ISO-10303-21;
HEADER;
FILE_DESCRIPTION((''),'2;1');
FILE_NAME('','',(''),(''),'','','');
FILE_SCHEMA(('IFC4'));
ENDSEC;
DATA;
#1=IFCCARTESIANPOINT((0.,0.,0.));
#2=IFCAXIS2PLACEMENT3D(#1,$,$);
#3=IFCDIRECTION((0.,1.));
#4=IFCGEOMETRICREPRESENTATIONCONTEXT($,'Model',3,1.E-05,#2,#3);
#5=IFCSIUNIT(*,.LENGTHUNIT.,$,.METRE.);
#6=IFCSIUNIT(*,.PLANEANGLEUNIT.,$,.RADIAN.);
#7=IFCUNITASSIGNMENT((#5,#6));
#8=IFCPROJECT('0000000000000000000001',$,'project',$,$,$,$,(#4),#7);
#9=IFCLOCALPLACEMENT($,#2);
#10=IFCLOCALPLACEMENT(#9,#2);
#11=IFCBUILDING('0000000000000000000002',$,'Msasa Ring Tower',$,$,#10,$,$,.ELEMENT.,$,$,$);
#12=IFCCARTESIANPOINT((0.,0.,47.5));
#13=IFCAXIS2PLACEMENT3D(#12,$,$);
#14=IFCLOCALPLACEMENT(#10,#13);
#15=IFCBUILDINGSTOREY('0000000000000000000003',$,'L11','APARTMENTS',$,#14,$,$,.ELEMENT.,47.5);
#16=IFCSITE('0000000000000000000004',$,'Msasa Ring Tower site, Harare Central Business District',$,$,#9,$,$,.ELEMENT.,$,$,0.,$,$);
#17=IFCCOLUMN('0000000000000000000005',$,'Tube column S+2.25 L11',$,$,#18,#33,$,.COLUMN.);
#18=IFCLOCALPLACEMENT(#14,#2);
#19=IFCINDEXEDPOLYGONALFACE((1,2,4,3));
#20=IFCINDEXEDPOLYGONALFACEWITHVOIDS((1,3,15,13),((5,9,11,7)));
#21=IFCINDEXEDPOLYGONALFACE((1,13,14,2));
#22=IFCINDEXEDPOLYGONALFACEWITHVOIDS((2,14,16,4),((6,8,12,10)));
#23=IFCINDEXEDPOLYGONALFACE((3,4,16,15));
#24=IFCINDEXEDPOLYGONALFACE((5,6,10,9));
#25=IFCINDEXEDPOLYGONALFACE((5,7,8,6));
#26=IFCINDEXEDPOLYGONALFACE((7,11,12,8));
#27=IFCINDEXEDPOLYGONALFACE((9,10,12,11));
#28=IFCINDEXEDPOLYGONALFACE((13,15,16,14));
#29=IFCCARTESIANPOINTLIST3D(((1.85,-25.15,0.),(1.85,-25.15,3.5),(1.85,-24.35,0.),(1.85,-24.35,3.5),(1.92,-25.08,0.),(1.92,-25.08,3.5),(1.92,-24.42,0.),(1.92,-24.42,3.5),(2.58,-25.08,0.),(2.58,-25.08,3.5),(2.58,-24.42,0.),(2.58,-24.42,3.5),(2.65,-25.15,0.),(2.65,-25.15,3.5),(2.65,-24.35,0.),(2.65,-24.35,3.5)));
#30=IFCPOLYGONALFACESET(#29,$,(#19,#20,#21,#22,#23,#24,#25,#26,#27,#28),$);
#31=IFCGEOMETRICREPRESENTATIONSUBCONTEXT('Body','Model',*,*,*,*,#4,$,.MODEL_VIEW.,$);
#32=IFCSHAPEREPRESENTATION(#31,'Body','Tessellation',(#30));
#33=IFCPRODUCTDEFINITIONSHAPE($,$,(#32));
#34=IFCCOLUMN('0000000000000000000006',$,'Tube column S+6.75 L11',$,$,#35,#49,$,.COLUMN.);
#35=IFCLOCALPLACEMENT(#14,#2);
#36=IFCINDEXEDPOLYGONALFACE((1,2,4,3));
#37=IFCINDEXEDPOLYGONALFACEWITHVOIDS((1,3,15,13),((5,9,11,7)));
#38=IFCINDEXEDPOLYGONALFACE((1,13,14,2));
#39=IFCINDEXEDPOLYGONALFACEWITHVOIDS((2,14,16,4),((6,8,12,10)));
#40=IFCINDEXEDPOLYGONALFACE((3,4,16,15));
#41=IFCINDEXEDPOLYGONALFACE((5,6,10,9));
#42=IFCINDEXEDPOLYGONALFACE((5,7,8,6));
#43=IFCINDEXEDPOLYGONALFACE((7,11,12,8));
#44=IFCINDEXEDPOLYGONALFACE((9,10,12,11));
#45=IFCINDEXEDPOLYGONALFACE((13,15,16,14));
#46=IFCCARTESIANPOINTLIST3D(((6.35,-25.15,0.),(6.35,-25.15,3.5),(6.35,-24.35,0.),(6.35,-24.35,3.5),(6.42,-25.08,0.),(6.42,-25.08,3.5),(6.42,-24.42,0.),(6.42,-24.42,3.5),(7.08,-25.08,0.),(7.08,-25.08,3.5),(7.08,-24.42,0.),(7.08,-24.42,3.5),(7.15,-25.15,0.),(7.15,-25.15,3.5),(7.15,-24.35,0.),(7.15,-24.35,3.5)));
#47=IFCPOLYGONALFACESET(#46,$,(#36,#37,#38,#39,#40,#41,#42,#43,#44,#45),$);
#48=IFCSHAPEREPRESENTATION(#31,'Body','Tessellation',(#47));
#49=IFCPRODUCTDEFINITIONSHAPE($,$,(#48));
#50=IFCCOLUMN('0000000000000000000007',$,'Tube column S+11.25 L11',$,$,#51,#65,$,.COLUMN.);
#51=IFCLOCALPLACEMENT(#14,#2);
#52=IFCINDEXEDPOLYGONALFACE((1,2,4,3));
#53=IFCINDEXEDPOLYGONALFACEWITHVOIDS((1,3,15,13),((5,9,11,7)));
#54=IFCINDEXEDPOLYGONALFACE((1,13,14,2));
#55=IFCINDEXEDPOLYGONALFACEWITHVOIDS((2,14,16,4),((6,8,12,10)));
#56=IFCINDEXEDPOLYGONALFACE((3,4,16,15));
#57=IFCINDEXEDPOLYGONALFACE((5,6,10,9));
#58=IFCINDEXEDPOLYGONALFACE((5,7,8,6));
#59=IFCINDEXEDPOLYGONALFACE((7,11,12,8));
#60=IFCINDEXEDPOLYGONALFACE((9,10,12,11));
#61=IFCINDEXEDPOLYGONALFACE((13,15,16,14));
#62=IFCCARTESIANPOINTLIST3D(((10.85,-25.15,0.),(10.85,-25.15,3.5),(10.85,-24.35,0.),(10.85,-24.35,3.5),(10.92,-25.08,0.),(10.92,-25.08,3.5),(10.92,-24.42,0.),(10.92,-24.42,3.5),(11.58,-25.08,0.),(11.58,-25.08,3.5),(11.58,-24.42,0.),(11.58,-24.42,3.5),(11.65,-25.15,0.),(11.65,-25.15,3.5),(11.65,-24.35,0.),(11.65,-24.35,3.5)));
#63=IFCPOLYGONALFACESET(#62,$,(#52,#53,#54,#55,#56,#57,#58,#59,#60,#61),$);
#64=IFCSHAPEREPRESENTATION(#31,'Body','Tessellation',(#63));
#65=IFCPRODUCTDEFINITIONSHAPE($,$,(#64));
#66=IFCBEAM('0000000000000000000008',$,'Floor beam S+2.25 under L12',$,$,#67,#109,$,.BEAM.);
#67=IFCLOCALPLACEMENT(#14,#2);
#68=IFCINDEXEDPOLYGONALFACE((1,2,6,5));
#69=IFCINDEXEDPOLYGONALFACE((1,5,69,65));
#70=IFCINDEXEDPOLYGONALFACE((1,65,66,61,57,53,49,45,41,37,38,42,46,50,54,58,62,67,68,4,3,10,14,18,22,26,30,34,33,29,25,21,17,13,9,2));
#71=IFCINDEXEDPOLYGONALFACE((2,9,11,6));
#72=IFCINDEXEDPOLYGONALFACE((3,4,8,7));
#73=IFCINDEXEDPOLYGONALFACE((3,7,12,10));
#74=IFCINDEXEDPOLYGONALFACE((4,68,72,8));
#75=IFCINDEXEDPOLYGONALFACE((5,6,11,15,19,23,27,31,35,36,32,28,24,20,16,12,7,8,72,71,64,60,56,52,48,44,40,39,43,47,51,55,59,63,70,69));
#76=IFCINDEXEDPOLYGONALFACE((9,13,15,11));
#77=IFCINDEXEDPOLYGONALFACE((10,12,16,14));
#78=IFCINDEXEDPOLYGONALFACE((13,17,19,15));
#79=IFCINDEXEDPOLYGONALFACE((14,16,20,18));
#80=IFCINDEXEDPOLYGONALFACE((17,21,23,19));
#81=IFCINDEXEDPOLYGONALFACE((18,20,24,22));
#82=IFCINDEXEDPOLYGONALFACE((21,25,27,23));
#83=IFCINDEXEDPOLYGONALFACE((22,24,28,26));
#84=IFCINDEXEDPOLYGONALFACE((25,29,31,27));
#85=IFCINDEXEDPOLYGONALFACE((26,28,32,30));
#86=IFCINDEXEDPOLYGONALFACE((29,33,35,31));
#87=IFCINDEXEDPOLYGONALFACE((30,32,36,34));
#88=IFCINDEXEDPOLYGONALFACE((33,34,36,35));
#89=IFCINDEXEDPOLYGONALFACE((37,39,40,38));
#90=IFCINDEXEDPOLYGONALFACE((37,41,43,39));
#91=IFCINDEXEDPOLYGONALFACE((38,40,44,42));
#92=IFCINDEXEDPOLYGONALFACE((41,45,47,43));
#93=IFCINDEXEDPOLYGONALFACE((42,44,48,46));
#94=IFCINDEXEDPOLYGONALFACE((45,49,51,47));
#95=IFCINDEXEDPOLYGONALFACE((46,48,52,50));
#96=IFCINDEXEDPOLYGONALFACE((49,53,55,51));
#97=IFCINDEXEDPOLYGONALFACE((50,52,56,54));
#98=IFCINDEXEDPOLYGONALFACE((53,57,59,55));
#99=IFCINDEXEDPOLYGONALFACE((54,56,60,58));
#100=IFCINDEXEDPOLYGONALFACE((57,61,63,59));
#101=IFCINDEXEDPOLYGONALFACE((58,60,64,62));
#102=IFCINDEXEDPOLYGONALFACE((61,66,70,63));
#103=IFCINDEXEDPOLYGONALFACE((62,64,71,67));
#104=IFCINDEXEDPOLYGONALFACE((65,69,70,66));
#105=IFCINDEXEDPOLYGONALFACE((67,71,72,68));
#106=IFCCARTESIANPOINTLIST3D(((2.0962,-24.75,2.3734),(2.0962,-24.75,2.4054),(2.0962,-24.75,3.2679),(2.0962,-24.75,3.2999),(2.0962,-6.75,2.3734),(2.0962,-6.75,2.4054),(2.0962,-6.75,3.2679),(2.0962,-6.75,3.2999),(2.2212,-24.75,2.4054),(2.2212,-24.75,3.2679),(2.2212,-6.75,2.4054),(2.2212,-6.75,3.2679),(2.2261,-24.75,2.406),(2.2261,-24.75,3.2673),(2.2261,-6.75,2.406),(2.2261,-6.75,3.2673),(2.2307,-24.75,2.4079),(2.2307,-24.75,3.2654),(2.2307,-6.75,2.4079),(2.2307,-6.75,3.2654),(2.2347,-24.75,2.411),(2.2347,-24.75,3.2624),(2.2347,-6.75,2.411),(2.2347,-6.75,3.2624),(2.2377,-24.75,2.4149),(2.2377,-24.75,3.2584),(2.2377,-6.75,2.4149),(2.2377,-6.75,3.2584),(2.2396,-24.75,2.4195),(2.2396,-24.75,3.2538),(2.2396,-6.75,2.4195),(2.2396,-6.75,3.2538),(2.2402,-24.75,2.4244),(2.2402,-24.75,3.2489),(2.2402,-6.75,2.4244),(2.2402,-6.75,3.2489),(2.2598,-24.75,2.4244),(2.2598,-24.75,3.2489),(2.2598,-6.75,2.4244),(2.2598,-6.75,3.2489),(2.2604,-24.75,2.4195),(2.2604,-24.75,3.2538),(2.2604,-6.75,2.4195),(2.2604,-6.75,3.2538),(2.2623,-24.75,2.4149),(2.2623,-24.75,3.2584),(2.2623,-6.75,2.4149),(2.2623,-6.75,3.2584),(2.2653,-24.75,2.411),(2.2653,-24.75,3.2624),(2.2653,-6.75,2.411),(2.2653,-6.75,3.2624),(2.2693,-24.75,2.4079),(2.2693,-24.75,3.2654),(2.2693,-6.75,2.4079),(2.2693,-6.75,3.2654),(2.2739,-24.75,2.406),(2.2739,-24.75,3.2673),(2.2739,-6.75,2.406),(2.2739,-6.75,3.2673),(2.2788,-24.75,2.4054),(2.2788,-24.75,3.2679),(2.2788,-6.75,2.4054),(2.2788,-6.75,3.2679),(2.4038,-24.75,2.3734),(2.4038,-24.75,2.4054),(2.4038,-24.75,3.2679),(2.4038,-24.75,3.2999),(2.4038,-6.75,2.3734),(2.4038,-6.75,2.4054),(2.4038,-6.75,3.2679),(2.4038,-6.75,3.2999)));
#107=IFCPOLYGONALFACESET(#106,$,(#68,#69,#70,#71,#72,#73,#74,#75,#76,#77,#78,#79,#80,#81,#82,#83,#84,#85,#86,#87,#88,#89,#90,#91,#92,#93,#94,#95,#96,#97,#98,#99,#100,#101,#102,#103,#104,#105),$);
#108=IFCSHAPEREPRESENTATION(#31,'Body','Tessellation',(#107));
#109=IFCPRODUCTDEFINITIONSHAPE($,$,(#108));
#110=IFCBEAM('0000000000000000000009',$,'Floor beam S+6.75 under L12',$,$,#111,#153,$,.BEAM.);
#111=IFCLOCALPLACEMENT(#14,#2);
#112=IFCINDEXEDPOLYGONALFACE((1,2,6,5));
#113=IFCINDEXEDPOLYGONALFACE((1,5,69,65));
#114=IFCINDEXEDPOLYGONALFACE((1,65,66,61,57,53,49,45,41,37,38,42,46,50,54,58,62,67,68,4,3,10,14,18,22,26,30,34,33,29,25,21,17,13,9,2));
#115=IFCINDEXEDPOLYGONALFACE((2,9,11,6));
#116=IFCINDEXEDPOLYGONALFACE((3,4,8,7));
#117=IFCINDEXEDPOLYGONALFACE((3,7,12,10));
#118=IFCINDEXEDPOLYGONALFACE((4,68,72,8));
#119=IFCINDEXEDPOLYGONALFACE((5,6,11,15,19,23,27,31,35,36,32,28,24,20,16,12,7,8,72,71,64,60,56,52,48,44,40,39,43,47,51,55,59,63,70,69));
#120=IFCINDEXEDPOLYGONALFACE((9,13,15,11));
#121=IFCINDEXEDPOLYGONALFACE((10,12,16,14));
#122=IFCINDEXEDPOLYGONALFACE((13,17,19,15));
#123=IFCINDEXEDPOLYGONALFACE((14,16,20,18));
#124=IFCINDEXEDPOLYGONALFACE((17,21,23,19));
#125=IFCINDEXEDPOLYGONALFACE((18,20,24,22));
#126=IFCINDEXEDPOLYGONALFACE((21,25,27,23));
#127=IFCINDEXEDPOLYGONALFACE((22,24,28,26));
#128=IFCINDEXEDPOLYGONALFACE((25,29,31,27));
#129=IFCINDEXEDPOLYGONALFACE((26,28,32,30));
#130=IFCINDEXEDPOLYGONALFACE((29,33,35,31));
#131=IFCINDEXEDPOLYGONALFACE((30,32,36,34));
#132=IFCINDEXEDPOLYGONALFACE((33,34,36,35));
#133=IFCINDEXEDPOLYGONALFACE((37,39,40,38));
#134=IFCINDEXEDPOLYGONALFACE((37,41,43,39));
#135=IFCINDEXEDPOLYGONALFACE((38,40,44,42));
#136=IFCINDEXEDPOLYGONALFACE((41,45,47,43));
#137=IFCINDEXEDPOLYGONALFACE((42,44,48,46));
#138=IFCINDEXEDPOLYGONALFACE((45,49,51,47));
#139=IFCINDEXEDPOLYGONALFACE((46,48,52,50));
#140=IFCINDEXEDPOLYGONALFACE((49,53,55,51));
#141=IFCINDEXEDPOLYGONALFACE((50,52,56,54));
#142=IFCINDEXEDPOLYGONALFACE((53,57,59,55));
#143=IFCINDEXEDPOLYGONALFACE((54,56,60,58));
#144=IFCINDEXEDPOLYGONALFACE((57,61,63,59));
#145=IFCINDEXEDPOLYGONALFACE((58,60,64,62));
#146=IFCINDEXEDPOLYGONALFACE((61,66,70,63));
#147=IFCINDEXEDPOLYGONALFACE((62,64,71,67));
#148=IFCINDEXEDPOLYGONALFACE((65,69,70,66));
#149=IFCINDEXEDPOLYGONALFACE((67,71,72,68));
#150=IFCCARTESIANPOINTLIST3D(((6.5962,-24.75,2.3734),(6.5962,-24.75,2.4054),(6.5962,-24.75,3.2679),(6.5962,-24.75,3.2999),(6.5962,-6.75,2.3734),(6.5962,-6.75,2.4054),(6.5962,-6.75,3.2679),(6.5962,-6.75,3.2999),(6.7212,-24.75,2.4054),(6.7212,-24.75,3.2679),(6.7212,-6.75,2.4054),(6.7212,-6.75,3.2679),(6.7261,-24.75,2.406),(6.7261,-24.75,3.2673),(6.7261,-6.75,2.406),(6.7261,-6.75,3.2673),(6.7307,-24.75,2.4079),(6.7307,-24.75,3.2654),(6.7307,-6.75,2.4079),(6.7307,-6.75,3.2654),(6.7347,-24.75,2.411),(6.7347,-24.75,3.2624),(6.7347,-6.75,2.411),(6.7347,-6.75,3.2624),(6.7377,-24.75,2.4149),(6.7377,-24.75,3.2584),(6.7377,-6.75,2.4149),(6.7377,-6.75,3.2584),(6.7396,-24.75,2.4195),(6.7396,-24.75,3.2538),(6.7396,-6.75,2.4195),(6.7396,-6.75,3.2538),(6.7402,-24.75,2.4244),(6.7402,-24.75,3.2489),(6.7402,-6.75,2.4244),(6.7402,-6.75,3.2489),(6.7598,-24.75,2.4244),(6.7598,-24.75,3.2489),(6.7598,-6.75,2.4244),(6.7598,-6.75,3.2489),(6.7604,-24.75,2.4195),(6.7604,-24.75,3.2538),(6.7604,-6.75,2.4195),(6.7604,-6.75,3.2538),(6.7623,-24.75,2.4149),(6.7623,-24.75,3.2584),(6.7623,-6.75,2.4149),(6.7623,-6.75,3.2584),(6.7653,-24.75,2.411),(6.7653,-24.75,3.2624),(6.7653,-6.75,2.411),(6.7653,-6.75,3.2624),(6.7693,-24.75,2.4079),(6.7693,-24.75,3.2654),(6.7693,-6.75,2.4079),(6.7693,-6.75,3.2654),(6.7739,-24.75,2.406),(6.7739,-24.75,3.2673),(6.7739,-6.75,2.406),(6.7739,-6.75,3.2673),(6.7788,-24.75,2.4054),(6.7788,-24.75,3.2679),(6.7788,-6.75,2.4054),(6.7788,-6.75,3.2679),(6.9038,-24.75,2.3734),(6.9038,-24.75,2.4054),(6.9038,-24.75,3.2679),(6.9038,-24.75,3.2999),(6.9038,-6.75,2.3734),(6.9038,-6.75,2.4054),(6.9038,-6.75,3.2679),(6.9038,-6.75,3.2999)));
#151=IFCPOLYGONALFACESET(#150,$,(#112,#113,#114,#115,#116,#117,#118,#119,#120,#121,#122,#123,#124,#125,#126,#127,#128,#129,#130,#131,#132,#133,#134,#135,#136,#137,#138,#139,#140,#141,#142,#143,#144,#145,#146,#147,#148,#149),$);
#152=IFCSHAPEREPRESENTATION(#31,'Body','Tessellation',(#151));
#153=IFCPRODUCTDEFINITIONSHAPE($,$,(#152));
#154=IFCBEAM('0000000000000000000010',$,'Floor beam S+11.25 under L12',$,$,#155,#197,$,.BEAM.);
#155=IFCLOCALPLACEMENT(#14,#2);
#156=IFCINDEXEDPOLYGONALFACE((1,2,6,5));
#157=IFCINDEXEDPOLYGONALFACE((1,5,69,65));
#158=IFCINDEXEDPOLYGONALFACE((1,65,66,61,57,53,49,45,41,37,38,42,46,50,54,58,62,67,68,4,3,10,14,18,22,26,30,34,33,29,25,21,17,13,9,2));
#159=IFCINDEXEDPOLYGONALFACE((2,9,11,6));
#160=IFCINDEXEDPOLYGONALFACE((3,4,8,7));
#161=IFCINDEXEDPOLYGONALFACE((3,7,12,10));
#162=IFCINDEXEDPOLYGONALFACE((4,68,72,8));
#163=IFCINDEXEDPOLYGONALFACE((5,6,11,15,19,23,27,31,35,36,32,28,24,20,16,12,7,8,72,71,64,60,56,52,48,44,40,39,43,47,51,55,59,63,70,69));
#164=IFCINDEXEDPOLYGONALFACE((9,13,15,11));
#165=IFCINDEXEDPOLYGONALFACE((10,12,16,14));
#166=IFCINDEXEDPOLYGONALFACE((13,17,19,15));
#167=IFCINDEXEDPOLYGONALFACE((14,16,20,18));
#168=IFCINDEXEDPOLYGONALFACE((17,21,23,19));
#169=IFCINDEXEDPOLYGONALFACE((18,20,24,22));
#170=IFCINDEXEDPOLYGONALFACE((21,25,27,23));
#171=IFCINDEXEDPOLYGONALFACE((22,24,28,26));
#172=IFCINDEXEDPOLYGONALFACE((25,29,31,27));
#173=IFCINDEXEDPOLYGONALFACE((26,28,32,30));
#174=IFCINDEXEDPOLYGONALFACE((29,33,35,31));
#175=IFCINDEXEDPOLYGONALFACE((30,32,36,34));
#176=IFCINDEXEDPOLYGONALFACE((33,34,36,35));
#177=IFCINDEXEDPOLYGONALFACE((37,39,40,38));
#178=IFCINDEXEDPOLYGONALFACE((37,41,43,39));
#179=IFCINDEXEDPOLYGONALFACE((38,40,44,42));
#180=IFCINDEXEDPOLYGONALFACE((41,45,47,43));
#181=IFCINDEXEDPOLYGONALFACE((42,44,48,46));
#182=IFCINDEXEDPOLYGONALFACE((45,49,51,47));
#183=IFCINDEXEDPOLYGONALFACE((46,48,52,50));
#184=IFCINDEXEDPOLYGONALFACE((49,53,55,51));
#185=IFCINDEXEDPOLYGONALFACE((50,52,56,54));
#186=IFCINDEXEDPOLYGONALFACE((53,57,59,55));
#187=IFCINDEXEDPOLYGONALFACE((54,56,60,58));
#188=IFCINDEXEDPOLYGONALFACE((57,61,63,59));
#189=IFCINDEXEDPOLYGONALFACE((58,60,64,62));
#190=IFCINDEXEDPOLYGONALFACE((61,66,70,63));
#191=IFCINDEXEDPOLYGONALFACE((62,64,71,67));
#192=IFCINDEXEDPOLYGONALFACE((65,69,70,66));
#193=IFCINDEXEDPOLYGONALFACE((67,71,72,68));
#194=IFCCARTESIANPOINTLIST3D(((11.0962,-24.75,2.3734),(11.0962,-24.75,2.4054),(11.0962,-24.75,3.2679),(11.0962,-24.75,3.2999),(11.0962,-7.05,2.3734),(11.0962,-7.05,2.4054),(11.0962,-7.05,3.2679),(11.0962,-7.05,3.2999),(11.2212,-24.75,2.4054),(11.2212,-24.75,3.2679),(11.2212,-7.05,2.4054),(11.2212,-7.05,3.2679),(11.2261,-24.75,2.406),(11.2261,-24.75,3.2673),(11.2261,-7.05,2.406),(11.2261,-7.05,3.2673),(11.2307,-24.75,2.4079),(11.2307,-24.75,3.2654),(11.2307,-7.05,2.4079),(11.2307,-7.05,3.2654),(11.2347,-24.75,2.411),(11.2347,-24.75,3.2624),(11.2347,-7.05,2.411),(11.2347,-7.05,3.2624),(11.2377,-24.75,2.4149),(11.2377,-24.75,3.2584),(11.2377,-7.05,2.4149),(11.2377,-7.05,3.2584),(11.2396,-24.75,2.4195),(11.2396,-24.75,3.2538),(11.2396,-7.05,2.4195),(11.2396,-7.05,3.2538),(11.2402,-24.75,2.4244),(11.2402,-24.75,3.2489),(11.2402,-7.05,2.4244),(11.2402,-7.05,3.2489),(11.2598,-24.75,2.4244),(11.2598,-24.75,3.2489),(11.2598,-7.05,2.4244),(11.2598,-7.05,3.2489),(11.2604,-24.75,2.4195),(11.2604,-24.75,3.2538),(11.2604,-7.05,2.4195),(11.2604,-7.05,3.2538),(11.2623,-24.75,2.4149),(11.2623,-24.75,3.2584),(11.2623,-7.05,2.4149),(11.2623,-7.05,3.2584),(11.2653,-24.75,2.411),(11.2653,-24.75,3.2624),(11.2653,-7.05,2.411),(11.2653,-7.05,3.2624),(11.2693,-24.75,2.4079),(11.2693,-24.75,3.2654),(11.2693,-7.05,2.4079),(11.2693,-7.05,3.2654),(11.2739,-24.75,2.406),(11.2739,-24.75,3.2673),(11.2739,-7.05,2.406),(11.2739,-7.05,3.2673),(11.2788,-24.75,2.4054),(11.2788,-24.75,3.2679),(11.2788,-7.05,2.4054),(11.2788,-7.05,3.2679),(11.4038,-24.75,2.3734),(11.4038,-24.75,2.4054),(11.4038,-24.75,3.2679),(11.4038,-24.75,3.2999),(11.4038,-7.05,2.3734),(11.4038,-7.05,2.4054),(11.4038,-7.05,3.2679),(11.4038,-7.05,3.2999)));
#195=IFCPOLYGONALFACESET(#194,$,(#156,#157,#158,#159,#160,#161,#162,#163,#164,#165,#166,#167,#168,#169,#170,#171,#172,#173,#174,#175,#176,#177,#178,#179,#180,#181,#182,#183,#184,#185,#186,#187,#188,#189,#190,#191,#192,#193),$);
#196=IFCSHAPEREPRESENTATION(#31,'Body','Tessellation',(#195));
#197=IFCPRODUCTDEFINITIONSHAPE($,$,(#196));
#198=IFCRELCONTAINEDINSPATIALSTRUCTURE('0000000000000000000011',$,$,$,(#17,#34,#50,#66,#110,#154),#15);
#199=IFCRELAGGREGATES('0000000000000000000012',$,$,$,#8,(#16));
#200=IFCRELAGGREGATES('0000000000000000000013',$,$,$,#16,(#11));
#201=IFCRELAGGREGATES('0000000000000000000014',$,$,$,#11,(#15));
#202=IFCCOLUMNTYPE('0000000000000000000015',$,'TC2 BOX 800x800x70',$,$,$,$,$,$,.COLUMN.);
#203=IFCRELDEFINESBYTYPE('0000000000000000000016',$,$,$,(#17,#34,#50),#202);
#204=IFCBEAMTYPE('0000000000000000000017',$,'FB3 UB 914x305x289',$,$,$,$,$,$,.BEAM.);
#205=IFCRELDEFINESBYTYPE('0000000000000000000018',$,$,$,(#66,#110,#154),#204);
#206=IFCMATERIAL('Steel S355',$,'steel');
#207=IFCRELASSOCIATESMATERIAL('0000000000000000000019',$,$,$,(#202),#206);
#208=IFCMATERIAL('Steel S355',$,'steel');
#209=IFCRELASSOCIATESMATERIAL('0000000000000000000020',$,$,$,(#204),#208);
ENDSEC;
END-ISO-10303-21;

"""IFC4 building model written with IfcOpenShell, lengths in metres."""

from ifc_helpers import new_model, si_unit, direction, frame, origin, origin_2d, place, context, subcontext, project, spatial, hollow_rectangle, i_section, extrude, material, material_profile, profile_set, type_object, element, save


model = new_model("IFC4")

# Units and contexts
model_context = context("Model", 3, precision=1e-05, world=origin(), true_north=direction((0.0, 1.0)))
body_context = subcontext(model_context, "Body", "Model", "MODEL_VIEW")
ifc_project = project(units=[si_unit("LENGTHUNIT", "METRE"), si_unit("PLANEANGLEUNIT", "RADIAN")], contexts=[model_context])

# Site, building, storey
site_placement = place(None, origin())
site = spatial("IfcSite", under=ifc_project, at=site_placement, Name="Msasa Ring Tower site, Harare Central Business District", CompositionType="ELEMENT", RefElevation=0.0)
building_placement = place(site_placement, origin())
building = spatial("IfcBuilding", under=site, at=building_placement, Name="Msasa Ring Tower", CompositionType="ELEMENT")
storey_placement = place(building_placement, frame((0.0, 0.0, 47.5)))
storey = spatial("IfcBuildingStorey", under=building, at=storey_placement, Name="L11", Description="APARTMENTS", CompositionType="ELEMENT", Elevation=47.5)

# Columns
ifc_material_1 = material(Name="Steel S355", Category="steel")
ifc_material_profile_1 = material_profile(ifc_material_1, hollow_rectangle(XDim=0.8, YDim=0.8, WallThickness=0.0701, at=origin_2d()), Name="BOX 800x800x70")
ifc_profile_set_1 = profile_set([ifc_material_profile_1], Name="Steel S355")
column_type = type_object("IfcColumnType", Name="TC2 BOX 800x800x70", PredefinedType="COLUMN", material=ifc_profile_set_1)
for number, where, z_axis, x_axis, name in (
    (1, (2.25, -24.75, 0.0), (0.0, 0.0, 1.0), (0.0, 1.0, 0.0), "Tube column S+2.25 L11"),
    (2, (6.75, -24.75, 0.0), (0.0, 0.0, 1.0), (0.0, 1.0, 0.0), "Tube column S+6.75 L11"),
    (3, (11.25, -24.75, 0.0), (0.0, 0.0, 1.0), (0.0, 1.0, 0.0), "Tube column S+11.25 L11"),
):
    element("IfcColumn", number, at=place(storey_placement, frame(where, z_axis=z_axis, x_axis=x_axis)), inside=storey, type_object=column_type, Name=name, PredefinedType="COLUMN", context=body_context, shape_type="SweptSolid", body=[
        extrude(hollow_rectangle(XDim=0.8, YDim=0.8, WallThickness=0.0701, at=origin_2d()), origin(), (0.0, 0.0, 1.0), 3.5),
    ])

# Beams
ifc_material_2 = material(Name="Steel S355", Category="steel")
ifc_material_profile_2 = material_profile(ifc_material_2, i_section(OverallWidth=0.3076, OverallDepth=0.9265, WebThickness=0.0195, FlangeThickness=0.032, FilletRadius=0.019, at=origin_2d()), Name="UB 914x305x289")
ifc_profile_set_2 = profile_set([ifc_material_profile_2], Name="Steel S355")
beam_type_1 = type_object("IfcBeamType", Name="FB3 UB 914x305x289", PredefinedType="BEAM", material=ifc_profile_set_2)
for number, where, z_axis, x_axis, name in (
    (4, (2.25, -24.75, 2.8367), (0.0, 1.0, 0.0), (-1.0, 0.0, 0.0), "Floor beam S+2.25 under L12"),
    (5, (6.75, -24.75, 2.8367), (0.0, 1.0, 0.0), (-1.0, 0.0, 0.0), "Floor beam S+6.75 under L12"),
):
    element("IfcBeam", number, at=place(storey_placement, frame(where, z_axis=z_axis, x_axis=x_axis)), inside=storey, type_object=beam_type_1, Name=name, PredefinedType="BEAM", context=body_context, shape_type="SweptSolid", body=[
        extrude(i_section(OverallWidth=0.3076, OverallDepth=0.9265, WebThickness=0.0195, FlangeThickness=0.032, FilletRadius=0.019, at=origin_2d()), origin(), (0.0, 0.0, 1.0), 18.0),
    ])
beam_placement = place(storey_placement, frame((11.25, -24.75, 2.8367), z_axis=(0.0, 1.0, 0.0), x_axis=(-1.0, 0.0, 0.0)))
element("IfcBeam", 6, at=beam_placement, inside=storey, type_object=beam_type_1, Name="Floor beam S+11.25 under L12", PredefinedType="BEAM", context=body_context, shape_type="SweptSolid", body=[
    extrude(i_section(OverallWidth=0.3076, OverallDepth=0.9265, WebThickness=0.0195, FlangeThickness=0.032, FilletRadius=0.019, at=origin_2d()), origin(), (0.0, 0.0, 1.0), 17.7),
])

save(model, "model.ifc")
